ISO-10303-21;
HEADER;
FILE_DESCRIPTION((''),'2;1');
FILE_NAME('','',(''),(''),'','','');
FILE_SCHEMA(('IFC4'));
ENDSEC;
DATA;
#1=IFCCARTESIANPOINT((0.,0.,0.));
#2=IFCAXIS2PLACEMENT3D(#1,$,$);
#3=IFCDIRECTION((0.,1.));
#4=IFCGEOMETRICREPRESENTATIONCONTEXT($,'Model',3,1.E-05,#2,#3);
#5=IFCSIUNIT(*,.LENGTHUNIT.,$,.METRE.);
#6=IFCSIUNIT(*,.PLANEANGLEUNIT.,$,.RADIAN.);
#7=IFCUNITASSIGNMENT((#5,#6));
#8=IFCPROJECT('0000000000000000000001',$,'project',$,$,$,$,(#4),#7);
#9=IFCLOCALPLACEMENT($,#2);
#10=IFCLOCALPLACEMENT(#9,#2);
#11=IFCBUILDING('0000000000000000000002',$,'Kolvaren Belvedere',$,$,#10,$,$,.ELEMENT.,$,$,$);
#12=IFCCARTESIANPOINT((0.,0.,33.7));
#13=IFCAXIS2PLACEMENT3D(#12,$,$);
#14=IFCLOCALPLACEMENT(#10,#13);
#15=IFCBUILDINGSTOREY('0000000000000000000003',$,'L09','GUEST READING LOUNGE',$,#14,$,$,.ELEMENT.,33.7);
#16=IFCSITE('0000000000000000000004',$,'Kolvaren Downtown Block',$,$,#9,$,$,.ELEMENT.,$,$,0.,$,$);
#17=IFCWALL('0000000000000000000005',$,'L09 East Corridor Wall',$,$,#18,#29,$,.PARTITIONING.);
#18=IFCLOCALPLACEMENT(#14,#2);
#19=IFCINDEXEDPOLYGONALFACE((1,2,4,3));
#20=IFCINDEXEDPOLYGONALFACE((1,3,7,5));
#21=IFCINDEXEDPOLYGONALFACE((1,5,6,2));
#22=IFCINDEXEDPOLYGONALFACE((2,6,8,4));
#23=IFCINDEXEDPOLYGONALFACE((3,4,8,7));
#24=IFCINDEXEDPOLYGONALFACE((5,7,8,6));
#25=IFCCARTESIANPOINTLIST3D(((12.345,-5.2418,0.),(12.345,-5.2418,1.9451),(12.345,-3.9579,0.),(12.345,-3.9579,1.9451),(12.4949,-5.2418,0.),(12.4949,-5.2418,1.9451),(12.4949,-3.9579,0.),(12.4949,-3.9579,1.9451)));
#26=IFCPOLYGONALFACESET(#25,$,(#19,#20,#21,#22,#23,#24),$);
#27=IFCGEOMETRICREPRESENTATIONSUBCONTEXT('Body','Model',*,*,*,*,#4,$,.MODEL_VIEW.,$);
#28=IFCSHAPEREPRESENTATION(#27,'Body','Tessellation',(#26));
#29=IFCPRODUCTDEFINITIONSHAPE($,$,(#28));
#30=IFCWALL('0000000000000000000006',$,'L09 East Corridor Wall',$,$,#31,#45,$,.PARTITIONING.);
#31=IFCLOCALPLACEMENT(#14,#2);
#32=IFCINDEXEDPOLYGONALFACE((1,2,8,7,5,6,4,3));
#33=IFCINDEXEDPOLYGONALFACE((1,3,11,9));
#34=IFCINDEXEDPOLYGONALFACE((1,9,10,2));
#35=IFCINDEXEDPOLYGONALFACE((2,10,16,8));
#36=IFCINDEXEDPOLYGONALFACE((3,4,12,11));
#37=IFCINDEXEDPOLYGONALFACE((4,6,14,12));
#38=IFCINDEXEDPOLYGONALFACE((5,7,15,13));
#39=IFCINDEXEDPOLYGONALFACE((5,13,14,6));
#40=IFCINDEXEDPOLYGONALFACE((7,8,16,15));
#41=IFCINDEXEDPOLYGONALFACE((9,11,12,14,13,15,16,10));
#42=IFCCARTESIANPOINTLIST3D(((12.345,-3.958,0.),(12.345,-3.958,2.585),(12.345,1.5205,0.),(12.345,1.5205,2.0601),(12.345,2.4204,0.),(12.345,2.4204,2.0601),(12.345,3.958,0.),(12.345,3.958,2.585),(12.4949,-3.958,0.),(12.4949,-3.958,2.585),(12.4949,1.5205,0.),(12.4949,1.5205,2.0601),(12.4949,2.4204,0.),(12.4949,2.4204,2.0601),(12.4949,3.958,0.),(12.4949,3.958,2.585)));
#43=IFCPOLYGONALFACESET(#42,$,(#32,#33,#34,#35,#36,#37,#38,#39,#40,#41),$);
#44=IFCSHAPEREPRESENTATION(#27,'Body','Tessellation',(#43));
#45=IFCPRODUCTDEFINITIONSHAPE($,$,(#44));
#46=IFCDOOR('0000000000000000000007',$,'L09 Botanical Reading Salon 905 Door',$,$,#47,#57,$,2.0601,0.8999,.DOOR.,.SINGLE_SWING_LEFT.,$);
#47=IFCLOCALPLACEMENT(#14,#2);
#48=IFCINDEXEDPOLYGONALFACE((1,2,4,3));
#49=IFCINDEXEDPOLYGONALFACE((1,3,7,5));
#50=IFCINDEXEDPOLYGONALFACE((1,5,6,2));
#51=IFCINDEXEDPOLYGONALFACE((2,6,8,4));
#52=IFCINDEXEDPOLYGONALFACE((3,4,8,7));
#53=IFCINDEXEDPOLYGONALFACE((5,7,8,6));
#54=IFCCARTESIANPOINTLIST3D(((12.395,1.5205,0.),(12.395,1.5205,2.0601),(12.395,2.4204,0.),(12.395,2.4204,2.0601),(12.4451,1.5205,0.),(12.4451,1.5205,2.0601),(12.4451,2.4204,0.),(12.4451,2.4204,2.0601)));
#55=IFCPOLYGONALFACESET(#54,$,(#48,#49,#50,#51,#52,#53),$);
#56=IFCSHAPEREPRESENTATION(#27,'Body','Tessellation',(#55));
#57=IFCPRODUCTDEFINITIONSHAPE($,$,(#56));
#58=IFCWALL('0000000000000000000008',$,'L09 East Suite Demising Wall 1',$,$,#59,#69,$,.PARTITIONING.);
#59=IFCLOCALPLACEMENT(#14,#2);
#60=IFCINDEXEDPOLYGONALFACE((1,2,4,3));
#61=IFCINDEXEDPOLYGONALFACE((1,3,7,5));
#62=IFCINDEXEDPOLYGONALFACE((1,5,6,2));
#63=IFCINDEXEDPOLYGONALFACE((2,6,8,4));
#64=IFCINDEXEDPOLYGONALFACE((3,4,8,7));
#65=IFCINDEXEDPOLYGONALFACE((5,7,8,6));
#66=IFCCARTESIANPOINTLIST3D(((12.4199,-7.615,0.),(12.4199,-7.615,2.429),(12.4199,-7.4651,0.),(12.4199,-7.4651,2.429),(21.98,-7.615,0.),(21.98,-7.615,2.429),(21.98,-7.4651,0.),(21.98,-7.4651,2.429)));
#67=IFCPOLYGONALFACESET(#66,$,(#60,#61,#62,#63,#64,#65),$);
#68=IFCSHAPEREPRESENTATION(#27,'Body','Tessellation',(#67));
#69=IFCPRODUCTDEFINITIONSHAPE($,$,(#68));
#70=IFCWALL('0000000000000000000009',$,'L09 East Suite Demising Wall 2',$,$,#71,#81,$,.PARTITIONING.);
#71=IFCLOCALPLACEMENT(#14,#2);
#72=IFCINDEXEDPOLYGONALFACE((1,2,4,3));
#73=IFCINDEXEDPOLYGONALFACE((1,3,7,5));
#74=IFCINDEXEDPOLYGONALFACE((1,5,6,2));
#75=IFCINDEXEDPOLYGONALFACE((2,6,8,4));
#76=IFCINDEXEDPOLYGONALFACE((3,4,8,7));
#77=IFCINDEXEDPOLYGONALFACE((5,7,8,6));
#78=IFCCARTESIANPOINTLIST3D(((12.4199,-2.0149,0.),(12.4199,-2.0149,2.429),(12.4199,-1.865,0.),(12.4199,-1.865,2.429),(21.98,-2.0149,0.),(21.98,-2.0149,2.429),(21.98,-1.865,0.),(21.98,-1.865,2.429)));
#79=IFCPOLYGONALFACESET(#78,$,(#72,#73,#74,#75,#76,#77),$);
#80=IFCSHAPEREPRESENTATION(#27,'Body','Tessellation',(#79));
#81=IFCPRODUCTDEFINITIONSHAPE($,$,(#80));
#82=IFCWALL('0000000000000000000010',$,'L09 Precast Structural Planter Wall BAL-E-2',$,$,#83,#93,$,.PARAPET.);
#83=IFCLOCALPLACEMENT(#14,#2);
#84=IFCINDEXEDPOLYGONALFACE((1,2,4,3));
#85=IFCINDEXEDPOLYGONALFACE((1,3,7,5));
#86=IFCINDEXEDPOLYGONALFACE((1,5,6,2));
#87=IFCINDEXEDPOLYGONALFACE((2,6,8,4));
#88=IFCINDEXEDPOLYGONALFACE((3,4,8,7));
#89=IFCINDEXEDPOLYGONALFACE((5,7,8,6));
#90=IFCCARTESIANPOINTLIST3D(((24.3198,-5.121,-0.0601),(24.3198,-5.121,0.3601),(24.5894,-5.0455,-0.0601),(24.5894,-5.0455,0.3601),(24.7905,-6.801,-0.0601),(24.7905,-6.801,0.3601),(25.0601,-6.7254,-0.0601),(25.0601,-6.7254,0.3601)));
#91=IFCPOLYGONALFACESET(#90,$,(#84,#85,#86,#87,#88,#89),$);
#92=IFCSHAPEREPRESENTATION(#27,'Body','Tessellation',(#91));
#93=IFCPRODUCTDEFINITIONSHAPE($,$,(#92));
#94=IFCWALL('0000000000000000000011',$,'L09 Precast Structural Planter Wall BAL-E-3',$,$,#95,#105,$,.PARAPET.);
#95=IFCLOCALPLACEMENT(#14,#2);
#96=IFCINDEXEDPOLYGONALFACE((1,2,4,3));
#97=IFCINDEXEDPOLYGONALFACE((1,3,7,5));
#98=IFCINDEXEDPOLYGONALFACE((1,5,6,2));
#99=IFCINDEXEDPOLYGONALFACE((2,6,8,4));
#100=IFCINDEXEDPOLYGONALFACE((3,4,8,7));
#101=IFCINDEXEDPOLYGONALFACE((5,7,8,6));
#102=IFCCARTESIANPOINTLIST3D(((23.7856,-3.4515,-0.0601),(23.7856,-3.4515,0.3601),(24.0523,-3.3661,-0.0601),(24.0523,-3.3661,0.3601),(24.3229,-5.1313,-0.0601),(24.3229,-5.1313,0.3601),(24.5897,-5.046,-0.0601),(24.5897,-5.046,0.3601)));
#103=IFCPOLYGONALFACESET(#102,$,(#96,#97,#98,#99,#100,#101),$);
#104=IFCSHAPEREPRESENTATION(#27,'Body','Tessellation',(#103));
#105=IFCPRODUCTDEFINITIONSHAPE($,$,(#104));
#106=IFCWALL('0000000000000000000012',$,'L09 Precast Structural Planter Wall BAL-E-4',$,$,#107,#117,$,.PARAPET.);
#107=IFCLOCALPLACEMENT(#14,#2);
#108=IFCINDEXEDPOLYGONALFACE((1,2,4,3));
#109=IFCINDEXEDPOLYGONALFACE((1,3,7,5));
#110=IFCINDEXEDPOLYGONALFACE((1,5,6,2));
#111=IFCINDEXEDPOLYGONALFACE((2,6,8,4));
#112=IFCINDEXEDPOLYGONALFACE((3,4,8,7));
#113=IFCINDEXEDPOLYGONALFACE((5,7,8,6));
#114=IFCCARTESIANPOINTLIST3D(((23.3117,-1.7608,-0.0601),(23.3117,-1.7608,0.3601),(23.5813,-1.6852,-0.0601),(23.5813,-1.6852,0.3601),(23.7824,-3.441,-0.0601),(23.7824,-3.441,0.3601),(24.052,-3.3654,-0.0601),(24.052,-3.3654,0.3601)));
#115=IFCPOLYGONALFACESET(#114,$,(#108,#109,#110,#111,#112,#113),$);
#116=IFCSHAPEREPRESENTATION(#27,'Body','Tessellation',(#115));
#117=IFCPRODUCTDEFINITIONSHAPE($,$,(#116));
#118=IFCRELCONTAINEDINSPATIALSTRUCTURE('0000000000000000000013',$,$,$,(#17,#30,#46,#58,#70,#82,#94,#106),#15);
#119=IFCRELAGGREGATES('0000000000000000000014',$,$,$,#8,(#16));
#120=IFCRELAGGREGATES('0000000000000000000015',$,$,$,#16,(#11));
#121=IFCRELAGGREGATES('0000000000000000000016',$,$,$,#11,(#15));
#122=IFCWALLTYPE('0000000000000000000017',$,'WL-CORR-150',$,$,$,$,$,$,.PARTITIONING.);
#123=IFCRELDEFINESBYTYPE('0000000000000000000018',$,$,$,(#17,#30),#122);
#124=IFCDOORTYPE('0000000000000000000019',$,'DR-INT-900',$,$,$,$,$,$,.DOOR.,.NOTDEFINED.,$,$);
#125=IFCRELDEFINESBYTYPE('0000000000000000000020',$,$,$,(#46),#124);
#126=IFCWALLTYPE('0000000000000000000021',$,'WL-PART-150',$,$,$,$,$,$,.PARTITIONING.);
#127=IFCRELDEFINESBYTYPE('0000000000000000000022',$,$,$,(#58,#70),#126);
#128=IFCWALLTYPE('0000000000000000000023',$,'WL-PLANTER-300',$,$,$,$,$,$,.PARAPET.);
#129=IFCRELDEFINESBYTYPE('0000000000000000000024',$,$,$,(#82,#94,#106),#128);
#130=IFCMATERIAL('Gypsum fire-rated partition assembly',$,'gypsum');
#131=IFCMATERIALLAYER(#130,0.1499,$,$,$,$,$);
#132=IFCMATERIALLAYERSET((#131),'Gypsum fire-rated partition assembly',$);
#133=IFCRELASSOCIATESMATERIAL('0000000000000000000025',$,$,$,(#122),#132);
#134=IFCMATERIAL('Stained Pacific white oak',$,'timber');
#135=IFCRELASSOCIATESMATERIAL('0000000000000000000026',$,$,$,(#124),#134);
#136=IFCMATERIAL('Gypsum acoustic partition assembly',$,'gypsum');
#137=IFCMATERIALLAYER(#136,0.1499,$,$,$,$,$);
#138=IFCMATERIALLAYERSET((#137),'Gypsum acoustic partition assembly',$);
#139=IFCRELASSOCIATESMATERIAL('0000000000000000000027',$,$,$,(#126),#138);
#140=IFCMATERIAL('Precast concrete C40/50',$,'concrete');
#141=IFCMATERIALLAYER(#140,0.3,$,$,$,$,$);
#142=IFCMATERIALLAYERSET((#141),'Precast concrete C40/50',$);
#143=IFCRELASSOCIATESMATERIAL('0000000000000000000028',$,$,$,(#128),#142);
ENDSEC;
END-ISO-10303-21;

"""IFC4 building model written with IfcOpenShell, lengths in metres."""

from ifc_helpers import new_model, si_unit, direction, frame, frame_2d, origin, place, context, subcontext, project, spatial, rectangle, extrude, material, layer, layer_set, type_object, element, fill, save


model = new_model("IFC4")

# Units and contexts
model_context = context("Model", 3, precision=1e-05, world=origin(), true_north=direction((0.0, 1.0)))
body_context = subcontext(model_context, "Body", "Model", "MODEL_VIEW")
ifc_project = project(units=[si_unit("LENGTHUNIT", "METRE"), si_unit("PLANEANGLEUNIT", "RADIAN")], contexts=[model_context])

# Site, building, storey
site_placement = place(None, origin())
site = spatial("IfcSite", under=ifc_project, at=site_placement, Name="Kolvaren Downtown Block", CompositionType="ELEMENT", RefElevation=0.0)
building_placement = place(site_placement, origin())
building = spatial("IfcBuilding", under=site, at=building_placement, Name="Kolvaren Belvedere", CompositionType="ELEMENT")
storey_placement = place(building_placement, frame((0.0, 0.0, 33.7)))
storey = spatial("IfcBuildingStorey", under=building, at=storey_placement, Name="L09", Description="GUEST READING LOUNGE", CompositionType="ELEMENT", Elevation=33.7)

# Wall
ifc_material_1 = material(Name="Gypsum fire-rated partition assembly", Category="gypsum")
ifc_layer_1 = layer(ifc_material_1, 0.1499)
ifc_layer_set_1 = layer_set([ifc_layer_1], Name="Gypsum fire-rated partition assembly")
wall_type_1 = type_object("IfcWallType", Name="WL-CORR-150", PredefinedType="PARTITIONING", material=ifc_layer_set_1)
wall_1_placement = place(storey_placement, frame((12.4199, -5.2419, 0.0), z_axis=(0.0, 0.0, 1.0), x_axis=(0.0, 1.0, 0.0)))
element("IfcWall", 1, at=wall_1_placement, inside=storey, type_object=wall_type_1, Name="L09 East Corridor Wall", PredefinedType="PARTITIONING", context=body_context, shape_type="SweptSolid", body=[
    extrude(rectangle(XDim=1.2839, YDim=0.1499, at=frame_2d((0.6421, 0.0))), origin(), (0.0, 0.0, 1.0), 1.9451),
])

# Wall, opening, door
wall_2_placement = place(storey_placement, frame((12.4199, -3.958, 0.0), z_axis=(0.0, 0.0, 1.0), x_axis=(0.0, 1.0, 0.0)))
wall_2 = element("IfcWall", 2, at=wall_2_placement, inside=storey, type_object=wall_type_1, Name="L09 East Corridor Wall", PredefinedType="PARTITIONING", context=body_context, shape_type="SweptSolid", body=[
    extrude(rectangle(XDim=7.916, YDim=0.1499, at=frame_2d((3.958, 0.0))), origin(), (0.0, 0.0, 1.0), 2.585),
])
opening_placement = place(wall_2_placement, frame((5.4785, 0.0, 0.0)))
opening = element("IfcOpeningElement", 3, at=opening_placement, cuts=wall_2, PredefinedType="OPENING", context=body_context, shape_type="SweptSolid", body=[
    extrude(rectangle(XDim=0.8999, YDim=2.0601, at=frame_2d((0.45, 1.03))), frame((0.0, 0.085, 0.0), z_axis=(0.0, -1.0, 0.0), x_axis=(1.0, 0.0, 0.0)), (0.0, 0.0, 1.0), 0.1699),
])
ifc_material_2 = material(Name="Stained Pacific white oak", Category="timber")
door_type = type_object("IfcDoorType", Name="DR-INT-900", OperationType="NOTDEFINED", PredefinedType="DOOR", material=ifc_material_2)
door_placement = place(opening_placement, origin())
door = element("IfcDoor", 4, at=door_placement, inside=storey, type_object=door_type, Name="L09 Botanical Reading Salon 905 Door", OperationType="SINGLE_SWING_LEFT", OverallHeight=2.0601, OverallWidth=0.8999, PredefinedType="DOOR", context=body_context, shape_type="SweptSolid", body=[
    extrude(rectangle(XDim=0.8999, YDim=2.0601, at=frame_2d((0.45, 1.03))), frame((0.0, 0.0249, 0.0), z_axis=(0.0, -1.0, 0.0), x_axis=(1.0, 0.0, 0.0)), (0.0, 0.0, 1.0), 0.05),
])
fill(opening, door)

# Walls
ifc_material_3 = material(Name="Gypsum acoustic partition assembly", Category="gypsum")
ifc_layer_2 = layer(ifc_material_3, 0.1499)
ifc_layer_set_2 = layer_set([ifc_layer_2], Name="Gypsum acoustic partition assembly")
wall_type_2 = type_object("IfcWallType", Name="WL-PART-150", PredefinedType="PARTITIONING", material=ifc_layer_set_2)
for number, where, z_axis, x_axis, name in (
    (5, (12.4199, -7.54, 0.0), (0.0, 0.0, 1.0), (1.0, 0.0, 0.0), "L09 East Suite Demising Wall 1"),
    (6, (12.4199, -1.9399, 0.0), (0.0, 0.0, 1.0), (1.0, 0.0, 0.0), "L09 East Suite Demising Wall 2"),
):
    element("IfcWall", number, at=place(storey_placement, frame(where, z_axis=z_axis, x_axis=x_axis)), inside=storey, type_object=wall_type_2, Name=name, PredefinedType="PARTITIONING", context=body_context, shape_type="SweptSolid", body=[
        extrude(rectangle(XDim=9.5601, YDim=0.1499, at=frame_2d((4.78, 0.0))), origin(), (0.0, 0.0, 1.0), 2.429),
    ])
ifc_material_4 = material(Name="Precast concrete C40/50", Category="concrete")
ifc_layer_3 = layer(ifc_material_4, 0.3)
ifc_layer_set_3 = layer_set([ifc_layer_3], Name="Precast concrete C40/50")
wall_type_3 = type_object("IfcWallType", Name="WL-PLANTER-300", PredefinedType="PARAPET", material=ifc_layer_set_3)
wall_3_placement = place(storey_placement, frame((24.9253, -6.7632, -0.0601), z_axis=(0.0, 0.0, 1.0), x_axis=(-0.269801, 0.962916, 0.0)))
element("IfcWall", 7, at=wall_3_placement, inside=storey, type_object=wall_type_3, Name="L09 Precast Structural Planter Wall BAL-E-2", PredefinedType="PARAPET", context=body_context, shape_type="SweptSolid", body=[
    extrude(rectangle(XDim=1.7446, YDim=0.28, at=frame_2d((0.8723, 0.0))), origin(), (0.0, 0.0, 1.0), 0.4202),
])
wall_4_placement = place(storey_placement, frame((24.4563, -5.0886, -0.0601), z_axis=(0.0, 0.0, 1.0), x_axis=(-0.30466, 0.952461, 0.0)))
element("IfcWall", 8, at=wall_4_placement, inside=storey, type_object=wall_type_3, Name="L09 Precast Structural Planter Wall BAL-E-3", PredefinedType="PARAPET", context=body_context, shape_type="SweptSolid", body=[
    extrude(rectangle(XDim=1.7637, YDim=0.28, at=frame_2d((0.8818, 0.0))), origin(), (0.0, 0.0, 1.0), 0.4202),
])
wall_5_placement = place(storey_placement, frame((23.9172, -3.4033, -0.0601), z_axis=(0.0, 0.0, 1.0), x_axis=(-0.269765, 0.962926, 0.0)))
element("IfcWall", 9, at=wall_5_placement, inside=storey, type_object=wall_type_3, Name="L09 Precast Structural Planter Wall BAL-E-4", PredefinedType="PARAPET", context=body_context, shape_type="SweptSolid", body=[
    extrude(rectangle(XDim=1.7449, YDim=0.28, at=frame_2d((0.8726, 0.0))), origin(), (0.0, 0.0, 1.0), 0.4202),
])

save(model, "model.ifc")
